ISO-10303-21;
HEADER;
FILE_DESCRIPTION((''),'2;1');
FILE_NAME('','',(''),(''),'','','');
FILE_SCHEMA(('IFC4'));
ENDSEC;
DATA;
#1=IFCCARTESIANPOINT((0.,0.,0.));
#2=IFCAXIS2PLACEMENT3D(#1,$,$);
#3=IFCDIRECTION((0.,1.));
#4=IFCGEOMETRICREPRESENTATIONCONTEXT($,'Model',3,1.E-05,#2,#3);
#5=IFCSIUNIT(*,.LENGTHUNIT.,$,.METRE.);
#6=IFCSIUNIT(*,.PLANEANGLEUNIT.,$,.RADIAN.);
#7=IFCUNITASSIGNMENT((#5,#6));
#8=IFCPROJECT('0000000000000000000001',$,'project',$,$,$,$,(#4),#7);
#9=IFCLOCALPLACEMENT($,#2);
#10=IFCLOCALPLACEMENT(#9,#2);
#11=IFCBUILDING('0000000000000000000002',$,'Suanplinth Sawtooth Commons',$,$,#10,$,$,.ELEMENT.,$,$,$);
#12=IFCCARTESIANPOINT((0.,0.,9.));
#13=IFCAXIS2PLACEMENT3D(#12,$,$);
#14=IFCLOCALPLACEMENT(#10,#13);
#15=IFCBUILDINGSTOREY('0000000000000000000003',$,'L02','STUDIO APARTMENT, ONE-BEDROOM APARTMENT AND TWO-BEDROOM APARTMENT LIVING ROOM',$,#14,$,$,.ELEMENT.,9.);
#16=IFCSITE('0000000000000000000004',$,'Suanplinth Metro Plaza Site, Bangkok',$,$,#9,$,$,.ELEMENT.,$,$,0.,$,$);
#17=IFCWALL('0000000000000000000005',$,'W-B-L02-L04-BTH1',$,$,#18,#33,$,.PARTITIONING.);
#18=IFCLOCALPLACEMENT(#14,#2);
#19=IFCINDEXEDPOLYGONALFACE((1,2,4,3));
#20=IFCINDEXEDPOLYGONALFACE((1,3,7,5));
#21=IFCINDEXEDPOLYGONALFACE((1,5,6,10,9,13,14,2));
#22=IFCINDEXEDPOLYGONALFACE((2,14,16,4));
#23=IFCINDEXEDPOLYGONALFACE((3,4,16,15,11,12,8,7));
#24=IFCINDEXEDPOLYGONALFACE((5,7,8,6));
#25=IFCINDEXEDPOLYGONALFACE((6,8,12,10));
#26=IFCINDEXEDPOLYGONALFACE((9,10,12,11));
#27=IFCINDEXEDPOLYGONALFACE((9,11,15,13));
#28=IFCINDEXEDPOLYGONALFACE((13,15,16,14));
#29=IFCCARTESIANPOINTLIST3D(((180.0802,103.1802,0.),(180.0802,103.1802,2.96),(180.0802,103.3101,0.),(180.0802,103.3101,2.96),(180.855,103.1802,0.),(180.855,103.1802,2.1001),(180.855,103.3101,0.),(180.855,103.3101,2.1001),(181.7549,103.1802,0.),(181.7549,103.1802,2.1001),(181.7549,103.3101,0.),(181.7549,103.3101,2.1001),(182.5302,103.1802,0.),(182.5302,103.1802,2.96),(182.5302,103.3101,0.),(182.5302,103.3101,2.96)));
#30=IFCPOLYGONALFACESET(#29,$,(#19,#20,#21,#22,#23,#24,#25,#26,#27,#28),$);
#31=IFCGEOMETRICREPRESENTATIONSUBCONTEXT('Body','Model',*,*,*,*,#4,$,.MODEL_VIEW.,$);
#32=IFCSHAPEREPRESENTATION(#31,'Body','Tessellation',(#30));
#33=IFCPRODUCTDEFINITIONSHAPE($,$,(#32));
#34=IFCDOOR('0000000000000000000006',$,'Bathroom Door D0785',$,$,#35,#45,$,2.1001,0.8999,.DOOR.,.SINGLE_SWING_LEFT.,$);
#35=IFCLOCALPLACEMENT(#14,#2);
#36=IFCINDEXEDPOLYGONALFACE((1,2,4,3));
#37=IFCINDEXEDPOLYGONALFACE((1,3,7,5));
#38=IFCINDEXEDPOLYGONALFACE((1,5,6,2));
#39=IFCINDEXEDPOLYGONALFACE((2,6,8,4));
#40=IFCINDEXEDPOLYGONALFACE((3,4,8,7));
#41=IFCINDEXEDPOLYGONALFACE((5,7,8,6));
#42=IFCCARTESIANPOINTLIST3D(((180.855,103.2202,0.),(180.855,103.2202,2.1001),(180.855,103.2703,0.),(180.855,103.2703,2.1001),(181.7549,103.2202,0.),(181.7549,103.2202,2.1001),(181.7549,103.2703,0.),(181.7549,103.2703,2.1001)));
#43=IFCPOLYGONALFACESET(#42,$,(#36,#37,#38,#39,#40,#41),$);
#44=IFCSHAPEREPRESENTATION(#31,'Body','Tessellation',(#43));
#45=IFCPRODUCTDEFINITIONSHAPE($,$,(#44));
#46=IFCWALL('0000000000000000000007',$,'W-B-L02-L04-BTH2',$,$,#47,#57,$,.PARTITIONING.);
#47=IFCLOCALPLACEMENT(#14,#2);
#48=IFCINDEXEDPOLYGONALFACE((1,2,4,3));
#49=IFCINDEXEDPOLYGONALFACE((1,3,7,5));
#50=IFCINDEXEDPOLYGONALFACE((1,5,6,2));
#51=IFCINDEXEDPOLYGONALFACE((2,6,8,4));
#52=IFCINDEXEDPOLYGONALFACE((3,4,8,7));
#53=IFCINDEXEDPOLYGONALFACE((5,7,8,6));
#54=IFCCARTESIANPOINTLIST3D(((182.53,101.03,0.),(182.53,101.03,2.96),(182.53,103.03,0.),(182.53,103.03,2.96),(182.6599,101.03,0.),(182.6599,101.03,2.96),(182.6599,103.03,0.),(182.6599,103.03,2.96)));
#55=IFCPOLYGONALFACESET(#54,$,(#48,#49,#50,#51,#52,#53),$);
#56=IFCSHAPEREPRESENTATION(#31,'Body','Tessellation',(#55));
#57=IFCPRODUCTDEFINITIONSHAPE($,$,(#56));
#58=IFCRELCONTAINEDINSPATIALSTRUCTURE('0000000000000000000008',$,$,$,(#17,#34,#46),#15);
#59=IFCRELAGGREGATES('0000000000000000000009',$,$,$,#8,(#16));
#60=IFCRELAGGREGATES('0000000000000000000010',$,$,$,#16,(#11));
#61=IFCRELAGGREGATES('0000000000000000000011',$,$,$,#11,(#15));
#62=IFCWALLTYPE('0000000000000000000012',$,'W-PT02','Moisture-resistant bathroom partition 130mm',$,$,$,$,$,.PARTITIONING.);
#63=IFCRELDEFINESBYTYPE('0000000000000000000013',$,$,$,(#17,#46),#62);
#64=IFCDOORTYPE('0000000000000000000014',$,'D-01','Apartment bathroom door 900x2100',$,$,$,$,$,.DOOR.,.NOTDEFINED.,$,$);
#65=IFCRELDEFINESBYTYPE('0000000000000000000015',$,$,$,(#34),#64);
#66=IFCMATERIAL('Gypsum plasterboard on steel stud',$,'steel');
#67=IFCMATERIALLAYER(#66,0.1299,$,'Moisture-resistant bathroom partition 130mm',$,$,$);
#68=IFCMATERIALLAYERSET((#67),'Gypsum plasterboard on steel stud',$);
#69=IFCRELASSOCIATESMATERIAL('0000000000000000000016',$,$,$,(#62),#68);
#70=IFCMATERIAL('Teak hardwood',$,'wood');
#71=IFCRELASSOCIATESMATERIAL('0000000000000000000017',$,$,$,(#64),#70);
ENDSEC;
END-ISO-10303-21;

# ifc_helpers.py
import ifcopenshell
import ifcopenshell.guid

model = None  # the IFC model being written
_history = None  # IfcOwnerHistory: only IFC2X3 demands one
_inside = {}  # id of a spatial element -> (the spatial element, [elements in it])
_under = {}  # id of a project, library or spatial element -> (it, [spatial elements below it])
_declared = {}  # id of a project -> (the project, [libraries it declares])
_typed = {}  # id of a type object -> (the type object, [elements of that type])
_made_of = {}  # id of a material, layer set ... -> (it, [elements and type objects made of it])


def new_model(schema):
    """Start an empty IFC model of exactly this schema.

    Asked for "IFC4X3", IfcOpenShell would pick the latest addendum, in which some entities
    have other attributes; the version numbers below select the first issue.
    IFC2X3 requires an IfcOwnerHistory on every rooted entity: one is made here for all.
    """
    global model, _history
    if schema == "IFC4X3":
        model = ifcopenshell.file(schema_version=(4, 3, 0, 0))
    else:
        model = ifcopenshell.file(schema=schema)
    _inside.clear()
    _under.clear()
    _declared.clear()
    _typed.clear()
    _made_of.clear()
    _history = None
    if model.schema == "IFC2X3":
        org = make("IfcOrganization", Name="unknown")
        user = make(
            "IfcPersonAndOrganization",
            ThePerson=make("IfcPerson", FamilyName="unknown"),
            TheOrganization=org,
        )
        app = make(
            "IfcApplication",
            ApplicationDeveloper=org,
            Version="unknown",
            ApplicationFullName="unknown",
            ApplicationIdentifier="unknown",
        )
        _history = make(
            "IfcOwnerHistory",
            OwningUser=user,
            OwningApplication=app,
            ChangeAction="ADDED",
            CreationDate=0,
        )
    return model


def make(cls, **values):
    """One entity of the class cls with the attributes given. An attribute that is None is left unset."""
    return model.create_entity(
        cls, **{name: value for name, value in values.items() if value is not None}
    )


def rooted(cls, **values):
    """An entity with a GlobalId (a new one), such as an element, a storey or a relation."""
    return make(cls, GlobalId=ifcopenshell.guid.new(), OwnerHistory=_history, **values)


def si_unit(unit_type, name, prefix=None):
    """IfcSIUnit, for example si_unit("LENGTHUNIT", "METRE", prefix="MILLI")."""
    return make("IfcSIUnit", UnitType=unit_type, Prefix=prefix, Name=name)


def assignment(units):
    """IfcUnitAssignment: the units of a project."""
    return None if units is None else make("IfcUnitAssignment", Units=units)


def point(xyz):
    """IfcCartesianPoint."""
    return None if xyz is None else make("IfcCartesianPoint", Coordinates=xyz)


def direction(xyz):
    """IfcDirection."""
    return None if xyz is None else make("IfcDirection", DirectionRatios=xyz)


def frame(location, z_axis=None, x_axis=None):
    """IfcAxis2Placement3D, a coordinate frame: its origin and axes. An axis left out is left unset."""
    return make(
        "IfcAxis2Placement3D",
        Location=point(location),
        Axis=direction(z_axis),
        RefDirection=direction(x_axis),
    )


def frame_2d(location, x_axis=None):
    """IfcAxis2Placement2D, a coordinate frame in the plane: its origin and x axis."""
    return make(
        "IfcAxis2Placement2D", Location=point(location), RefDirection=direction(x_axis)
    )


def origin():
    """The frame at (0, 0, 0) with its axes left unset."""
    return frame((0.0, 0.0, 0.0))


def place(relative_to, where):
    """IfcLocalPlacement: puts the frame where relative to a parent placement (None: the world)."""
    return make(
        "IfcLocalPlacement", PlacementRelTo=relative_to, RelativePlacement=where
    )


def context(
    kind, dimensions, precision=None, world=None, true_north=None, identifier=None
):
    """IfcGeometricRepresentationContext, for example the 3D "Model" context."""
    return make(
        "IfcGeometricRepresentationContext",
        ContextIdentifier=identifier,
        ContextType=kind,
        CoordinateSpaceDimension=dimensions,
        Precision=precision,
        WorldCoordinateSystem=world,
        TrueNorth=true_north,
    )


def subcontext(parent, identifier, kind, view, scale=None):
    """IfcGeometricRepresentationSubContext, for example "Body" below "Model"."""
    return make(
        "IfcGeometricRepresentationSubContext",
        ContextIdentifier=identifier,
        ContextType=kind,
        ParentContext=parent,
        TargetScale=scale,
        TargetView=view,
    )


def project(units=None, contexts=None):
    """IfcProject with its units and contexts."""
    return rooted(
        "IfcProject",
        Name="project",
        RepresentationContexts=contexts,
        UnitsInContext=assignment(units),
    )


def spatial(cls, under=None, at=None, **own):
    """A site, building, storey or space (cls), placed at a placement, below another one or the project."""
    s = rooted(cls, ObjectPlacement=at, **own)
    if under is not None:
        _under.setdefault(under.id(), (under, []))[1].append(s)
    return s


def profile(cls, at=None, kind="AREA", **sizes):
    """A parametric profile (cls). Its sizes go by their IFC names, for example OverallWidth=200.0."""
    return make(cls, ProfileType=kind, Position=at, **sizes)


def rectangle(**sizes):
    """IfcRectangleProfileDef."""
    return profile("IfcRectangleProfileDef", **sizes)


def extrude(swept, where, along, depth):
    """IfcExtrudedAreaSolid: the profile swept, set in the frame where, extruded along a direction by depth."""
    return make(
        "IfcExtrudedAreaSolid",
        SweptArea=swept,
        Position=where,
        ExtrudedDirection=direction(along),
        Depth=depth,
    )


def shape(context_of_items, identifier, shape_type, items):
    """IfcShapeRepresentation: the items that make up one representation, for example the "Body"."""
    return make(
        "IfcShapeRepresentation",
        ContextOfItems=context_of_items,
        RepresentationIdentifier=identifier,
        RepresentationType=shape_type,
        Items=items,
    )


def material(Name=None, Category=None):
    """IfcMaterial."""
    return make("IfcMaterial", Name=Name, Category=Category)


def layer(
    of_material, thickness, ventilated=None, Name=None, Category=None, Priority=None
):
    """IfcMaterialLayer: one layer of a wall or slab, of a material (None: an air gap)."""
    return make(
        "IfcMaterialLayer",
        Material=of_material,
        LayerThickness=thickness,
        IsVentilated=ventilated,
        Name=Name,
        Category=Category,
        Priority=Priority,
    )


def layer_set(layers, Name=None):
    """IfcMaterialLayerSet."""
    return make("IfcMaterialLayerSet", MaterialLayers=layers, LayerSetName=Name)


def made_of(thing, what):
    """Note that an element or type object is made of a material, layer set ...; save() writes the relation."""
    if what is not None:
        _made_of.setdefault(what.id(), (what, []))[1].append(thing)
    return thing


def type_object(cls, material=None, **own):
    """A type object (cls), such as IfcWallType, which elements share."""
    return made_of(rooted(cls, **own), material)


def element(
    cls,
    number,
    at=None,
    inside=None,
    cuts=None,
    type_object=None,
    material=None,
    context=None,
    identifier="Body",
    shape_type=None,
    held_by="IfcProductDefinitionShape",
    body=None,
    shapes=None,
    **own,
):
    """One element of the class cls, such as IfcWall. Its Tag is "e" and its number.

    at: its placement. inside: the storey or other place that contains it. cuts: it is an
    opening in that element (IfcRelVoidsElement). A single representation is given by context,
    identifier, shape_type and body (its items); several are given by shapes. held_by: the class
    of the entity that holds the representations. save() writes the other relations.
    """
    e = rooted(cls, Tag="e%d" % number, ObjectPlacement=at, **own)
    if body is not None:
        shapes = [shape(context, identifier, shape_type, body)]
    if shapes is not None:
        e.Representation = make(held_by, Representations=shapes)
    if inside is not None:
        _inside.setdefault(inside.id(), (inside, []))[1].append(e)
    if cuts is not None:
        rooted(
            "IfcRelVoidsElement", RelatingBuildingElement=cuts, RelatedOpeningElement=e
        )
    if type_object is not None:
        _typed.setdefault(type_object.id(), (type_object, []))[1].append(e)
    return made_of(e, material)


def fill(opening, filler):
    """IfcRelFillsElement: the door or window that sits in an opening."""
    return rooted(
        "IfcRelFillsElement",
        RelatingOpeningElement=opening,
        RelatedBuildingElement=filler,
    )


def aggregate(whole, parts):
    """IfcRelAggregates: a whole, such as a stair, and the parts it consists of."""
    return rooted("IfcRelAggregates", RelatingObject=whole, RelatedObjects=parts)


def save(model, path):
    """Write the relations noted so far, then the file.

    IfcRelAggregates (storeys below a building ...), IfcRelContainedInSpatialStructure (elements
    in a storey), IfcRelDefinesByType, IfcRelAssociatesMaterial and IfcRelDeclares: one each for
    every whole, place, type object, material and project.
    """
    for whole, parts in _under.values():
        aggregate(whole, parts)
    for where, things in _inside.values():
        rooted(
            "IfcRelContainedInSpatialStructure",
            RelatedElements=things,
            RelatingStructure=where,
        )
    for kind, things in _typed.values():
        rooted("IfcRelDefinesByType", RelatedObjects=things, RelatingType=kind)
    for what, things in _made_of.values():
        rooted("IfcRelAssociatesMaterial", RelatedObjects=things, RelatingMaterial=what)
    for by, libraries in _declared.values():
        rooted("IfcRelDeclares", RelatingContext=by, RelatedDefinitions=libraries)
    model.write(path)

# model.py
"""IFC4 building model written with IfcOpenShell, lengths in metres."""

from ifc_helpers import new_model, si_unit, direction, frame, frame_2d, origin, place, context, subcontext, project, spatial, rectangle, extrude, material, layer, layer_set, type_object, element, fill, save


model = new_model("IFC4")

# Units and contexts
model_context = context("Model", 3, precision=1e-05, world=origin(), true_north=direction((0.0, 1.0)))
body_context = subcontext(model_context, "Body", "Model", "MODEL_VIEW")
ifc_project = project(units=[si_unit("LENGTHUNIT", "METRE"), si_unit("PLANEANGLEUNIT", "RADIAN")], contexts=[model_context])

# Site, building, storey
site_placement = place(None, origin())
site = spatial("IfcSite", under=ifc_project, at=site_placement, Name="Suanplinth Metro Plaza Site, Bangkok", CompositionType="ELEMENT", RefElevation=0.0)
building_placement = place(site_placement, origin())
building = spatial("IfcBuilding", under=site, at=building_placement, Name="Suanplinth Sawtooth Commons", CompositionType="ELEMENT")
storey_placement = place(building_placement, frame((0.0, 0.0, 9.0)))
storey = spatial("IfcBuildingStorey", under=building, at=storey_placement, Name="L02", Description="STUDIO APARTMENT, ONE-BEDROOM APARTMENT AND TWO-BEDROOM APARTMENT LIVING ROOM", CompositionType="ELEMENT", Elevation=9.0)

# Shared definitions
ifc_material_1 = material(Name="Gypsum plasterboard on steel stud", Category="steel")
ifc_layer_1 = layer(ifc_material_1, 0.1299, Name="Moisture-resistant bathroom partition 130mm")
ifc_layer_set_1 = layer_set([ifc_layer_1], Name="Gypsum plasterboard on steel stud")
wall_type_1 = type_object("IfcWallType", Name="W-PT02", Description="Moisture-resistant bathroom partition 130mm", PredefinedType="PARTITIONING", material=ifc_layer_set_1)
ifc_material_2 = material(Name="Teak hardwood", Category="wood")
door_type_1 = type_object("IfcDoorType", Name="D-01", Description="Apartment bathroom door 900x2100", OperationType="NOTDEFINED", PredefinedType="DOOR", material=ifc_material_2)

# Wall, opening, door
wall_1_placement = place(storey_placement, frame((180.0801, 103.2451, 0.0), z_axis=(0.0, 0.0, 1.0), x_axis=(1.0, 0.0, 0.0)))
wall_1 = element("IfcWall", 1, at=wall_1_placement, inside=storey, type_object=wall_type_1, Name="W-B-L02-L04-BTH1", PredefinedType="PARTITIONING", context=body_context, shape_type="SweptSolid", body=[
    extrude(rectangle(XDim=2.45, YDim=0.1299, at=frame_2d((1.2251, 0.0))), origin(), (0.0, 0.0, 1.0), 2.96),
])
opening_1_placement = place(wall_1_placement, frame((0.7749, 0.0, 0.0)))
opening_1 = element("IfcOpeningElement", 2, at=opening_1_placement, cuts=wall_1, PredefinedType="OPENING", context=body_context, shape_type="SweptSolid", body=[
    extrude(rectangle(XDim=0.8999, YDim=2.1001, at=frame_2d((0.45, 1.05))), frame((0.0, 0.0798, 0.0), z_axis=(0.0, -1.0, 0.0), x_axis=(1.0, 0.0, 0.0)), (0.0, 0.0, 1.0), 0.1597),
])
door_1_placement = place(opening_1_placement, frame((0.8999, 0.0, 0.0), z_axis=(0.0, 0.0, 1.0), x_axis=(-1.0, 0.0, 0.0)))
door_1 = element("IfcDoor", 3, at=door_1_placement, inside=storey, type_object=door_type_1, Name="Bathroom Door D0785", OperationType="SINGLE_SWING_LEFT", OverallHeight=2.1001, OverallWidth=0.8999, PredefinedType="DOOR", context=body_context, shape_type="SweptSolid", body=[
    extrude(rectangle(XDim=0.8999, YDim=2.1001, at=frame_2d((0.45, 1.05))), frame((0.0, 0.0249, 0.0), z_axis=(0.0, -1.0, 0.0), x_axis=(1.0, 0.0, 0.0)), (0.0, 0.0, 1.0), 0.05),
])
fill(opening_1, door_1)

# Wall
wall_2_placement = place(storey_placement, frame((182.595, 101.03, 0.0), z_axis=(0.0, 0.0, 1.0), x_axis=(0.0, 1.0, 0.0)))
element("IfcWall", 4, at=wall_2_placement, inside=storey, type_object=wall_type_1, Name="W-B-L02-L04-BTH2", PredefinedType="PARTITIONING", context=body_context, shape_type="SweptSolid", body=[
    extrude(rectangle(XDim=2.0, YDim=0.1299, at=frame_2d((1.0, 0.0))), origin(), (0.0, 0.0, 1.0), 2.96),
])

save(model, "model.ifc")
